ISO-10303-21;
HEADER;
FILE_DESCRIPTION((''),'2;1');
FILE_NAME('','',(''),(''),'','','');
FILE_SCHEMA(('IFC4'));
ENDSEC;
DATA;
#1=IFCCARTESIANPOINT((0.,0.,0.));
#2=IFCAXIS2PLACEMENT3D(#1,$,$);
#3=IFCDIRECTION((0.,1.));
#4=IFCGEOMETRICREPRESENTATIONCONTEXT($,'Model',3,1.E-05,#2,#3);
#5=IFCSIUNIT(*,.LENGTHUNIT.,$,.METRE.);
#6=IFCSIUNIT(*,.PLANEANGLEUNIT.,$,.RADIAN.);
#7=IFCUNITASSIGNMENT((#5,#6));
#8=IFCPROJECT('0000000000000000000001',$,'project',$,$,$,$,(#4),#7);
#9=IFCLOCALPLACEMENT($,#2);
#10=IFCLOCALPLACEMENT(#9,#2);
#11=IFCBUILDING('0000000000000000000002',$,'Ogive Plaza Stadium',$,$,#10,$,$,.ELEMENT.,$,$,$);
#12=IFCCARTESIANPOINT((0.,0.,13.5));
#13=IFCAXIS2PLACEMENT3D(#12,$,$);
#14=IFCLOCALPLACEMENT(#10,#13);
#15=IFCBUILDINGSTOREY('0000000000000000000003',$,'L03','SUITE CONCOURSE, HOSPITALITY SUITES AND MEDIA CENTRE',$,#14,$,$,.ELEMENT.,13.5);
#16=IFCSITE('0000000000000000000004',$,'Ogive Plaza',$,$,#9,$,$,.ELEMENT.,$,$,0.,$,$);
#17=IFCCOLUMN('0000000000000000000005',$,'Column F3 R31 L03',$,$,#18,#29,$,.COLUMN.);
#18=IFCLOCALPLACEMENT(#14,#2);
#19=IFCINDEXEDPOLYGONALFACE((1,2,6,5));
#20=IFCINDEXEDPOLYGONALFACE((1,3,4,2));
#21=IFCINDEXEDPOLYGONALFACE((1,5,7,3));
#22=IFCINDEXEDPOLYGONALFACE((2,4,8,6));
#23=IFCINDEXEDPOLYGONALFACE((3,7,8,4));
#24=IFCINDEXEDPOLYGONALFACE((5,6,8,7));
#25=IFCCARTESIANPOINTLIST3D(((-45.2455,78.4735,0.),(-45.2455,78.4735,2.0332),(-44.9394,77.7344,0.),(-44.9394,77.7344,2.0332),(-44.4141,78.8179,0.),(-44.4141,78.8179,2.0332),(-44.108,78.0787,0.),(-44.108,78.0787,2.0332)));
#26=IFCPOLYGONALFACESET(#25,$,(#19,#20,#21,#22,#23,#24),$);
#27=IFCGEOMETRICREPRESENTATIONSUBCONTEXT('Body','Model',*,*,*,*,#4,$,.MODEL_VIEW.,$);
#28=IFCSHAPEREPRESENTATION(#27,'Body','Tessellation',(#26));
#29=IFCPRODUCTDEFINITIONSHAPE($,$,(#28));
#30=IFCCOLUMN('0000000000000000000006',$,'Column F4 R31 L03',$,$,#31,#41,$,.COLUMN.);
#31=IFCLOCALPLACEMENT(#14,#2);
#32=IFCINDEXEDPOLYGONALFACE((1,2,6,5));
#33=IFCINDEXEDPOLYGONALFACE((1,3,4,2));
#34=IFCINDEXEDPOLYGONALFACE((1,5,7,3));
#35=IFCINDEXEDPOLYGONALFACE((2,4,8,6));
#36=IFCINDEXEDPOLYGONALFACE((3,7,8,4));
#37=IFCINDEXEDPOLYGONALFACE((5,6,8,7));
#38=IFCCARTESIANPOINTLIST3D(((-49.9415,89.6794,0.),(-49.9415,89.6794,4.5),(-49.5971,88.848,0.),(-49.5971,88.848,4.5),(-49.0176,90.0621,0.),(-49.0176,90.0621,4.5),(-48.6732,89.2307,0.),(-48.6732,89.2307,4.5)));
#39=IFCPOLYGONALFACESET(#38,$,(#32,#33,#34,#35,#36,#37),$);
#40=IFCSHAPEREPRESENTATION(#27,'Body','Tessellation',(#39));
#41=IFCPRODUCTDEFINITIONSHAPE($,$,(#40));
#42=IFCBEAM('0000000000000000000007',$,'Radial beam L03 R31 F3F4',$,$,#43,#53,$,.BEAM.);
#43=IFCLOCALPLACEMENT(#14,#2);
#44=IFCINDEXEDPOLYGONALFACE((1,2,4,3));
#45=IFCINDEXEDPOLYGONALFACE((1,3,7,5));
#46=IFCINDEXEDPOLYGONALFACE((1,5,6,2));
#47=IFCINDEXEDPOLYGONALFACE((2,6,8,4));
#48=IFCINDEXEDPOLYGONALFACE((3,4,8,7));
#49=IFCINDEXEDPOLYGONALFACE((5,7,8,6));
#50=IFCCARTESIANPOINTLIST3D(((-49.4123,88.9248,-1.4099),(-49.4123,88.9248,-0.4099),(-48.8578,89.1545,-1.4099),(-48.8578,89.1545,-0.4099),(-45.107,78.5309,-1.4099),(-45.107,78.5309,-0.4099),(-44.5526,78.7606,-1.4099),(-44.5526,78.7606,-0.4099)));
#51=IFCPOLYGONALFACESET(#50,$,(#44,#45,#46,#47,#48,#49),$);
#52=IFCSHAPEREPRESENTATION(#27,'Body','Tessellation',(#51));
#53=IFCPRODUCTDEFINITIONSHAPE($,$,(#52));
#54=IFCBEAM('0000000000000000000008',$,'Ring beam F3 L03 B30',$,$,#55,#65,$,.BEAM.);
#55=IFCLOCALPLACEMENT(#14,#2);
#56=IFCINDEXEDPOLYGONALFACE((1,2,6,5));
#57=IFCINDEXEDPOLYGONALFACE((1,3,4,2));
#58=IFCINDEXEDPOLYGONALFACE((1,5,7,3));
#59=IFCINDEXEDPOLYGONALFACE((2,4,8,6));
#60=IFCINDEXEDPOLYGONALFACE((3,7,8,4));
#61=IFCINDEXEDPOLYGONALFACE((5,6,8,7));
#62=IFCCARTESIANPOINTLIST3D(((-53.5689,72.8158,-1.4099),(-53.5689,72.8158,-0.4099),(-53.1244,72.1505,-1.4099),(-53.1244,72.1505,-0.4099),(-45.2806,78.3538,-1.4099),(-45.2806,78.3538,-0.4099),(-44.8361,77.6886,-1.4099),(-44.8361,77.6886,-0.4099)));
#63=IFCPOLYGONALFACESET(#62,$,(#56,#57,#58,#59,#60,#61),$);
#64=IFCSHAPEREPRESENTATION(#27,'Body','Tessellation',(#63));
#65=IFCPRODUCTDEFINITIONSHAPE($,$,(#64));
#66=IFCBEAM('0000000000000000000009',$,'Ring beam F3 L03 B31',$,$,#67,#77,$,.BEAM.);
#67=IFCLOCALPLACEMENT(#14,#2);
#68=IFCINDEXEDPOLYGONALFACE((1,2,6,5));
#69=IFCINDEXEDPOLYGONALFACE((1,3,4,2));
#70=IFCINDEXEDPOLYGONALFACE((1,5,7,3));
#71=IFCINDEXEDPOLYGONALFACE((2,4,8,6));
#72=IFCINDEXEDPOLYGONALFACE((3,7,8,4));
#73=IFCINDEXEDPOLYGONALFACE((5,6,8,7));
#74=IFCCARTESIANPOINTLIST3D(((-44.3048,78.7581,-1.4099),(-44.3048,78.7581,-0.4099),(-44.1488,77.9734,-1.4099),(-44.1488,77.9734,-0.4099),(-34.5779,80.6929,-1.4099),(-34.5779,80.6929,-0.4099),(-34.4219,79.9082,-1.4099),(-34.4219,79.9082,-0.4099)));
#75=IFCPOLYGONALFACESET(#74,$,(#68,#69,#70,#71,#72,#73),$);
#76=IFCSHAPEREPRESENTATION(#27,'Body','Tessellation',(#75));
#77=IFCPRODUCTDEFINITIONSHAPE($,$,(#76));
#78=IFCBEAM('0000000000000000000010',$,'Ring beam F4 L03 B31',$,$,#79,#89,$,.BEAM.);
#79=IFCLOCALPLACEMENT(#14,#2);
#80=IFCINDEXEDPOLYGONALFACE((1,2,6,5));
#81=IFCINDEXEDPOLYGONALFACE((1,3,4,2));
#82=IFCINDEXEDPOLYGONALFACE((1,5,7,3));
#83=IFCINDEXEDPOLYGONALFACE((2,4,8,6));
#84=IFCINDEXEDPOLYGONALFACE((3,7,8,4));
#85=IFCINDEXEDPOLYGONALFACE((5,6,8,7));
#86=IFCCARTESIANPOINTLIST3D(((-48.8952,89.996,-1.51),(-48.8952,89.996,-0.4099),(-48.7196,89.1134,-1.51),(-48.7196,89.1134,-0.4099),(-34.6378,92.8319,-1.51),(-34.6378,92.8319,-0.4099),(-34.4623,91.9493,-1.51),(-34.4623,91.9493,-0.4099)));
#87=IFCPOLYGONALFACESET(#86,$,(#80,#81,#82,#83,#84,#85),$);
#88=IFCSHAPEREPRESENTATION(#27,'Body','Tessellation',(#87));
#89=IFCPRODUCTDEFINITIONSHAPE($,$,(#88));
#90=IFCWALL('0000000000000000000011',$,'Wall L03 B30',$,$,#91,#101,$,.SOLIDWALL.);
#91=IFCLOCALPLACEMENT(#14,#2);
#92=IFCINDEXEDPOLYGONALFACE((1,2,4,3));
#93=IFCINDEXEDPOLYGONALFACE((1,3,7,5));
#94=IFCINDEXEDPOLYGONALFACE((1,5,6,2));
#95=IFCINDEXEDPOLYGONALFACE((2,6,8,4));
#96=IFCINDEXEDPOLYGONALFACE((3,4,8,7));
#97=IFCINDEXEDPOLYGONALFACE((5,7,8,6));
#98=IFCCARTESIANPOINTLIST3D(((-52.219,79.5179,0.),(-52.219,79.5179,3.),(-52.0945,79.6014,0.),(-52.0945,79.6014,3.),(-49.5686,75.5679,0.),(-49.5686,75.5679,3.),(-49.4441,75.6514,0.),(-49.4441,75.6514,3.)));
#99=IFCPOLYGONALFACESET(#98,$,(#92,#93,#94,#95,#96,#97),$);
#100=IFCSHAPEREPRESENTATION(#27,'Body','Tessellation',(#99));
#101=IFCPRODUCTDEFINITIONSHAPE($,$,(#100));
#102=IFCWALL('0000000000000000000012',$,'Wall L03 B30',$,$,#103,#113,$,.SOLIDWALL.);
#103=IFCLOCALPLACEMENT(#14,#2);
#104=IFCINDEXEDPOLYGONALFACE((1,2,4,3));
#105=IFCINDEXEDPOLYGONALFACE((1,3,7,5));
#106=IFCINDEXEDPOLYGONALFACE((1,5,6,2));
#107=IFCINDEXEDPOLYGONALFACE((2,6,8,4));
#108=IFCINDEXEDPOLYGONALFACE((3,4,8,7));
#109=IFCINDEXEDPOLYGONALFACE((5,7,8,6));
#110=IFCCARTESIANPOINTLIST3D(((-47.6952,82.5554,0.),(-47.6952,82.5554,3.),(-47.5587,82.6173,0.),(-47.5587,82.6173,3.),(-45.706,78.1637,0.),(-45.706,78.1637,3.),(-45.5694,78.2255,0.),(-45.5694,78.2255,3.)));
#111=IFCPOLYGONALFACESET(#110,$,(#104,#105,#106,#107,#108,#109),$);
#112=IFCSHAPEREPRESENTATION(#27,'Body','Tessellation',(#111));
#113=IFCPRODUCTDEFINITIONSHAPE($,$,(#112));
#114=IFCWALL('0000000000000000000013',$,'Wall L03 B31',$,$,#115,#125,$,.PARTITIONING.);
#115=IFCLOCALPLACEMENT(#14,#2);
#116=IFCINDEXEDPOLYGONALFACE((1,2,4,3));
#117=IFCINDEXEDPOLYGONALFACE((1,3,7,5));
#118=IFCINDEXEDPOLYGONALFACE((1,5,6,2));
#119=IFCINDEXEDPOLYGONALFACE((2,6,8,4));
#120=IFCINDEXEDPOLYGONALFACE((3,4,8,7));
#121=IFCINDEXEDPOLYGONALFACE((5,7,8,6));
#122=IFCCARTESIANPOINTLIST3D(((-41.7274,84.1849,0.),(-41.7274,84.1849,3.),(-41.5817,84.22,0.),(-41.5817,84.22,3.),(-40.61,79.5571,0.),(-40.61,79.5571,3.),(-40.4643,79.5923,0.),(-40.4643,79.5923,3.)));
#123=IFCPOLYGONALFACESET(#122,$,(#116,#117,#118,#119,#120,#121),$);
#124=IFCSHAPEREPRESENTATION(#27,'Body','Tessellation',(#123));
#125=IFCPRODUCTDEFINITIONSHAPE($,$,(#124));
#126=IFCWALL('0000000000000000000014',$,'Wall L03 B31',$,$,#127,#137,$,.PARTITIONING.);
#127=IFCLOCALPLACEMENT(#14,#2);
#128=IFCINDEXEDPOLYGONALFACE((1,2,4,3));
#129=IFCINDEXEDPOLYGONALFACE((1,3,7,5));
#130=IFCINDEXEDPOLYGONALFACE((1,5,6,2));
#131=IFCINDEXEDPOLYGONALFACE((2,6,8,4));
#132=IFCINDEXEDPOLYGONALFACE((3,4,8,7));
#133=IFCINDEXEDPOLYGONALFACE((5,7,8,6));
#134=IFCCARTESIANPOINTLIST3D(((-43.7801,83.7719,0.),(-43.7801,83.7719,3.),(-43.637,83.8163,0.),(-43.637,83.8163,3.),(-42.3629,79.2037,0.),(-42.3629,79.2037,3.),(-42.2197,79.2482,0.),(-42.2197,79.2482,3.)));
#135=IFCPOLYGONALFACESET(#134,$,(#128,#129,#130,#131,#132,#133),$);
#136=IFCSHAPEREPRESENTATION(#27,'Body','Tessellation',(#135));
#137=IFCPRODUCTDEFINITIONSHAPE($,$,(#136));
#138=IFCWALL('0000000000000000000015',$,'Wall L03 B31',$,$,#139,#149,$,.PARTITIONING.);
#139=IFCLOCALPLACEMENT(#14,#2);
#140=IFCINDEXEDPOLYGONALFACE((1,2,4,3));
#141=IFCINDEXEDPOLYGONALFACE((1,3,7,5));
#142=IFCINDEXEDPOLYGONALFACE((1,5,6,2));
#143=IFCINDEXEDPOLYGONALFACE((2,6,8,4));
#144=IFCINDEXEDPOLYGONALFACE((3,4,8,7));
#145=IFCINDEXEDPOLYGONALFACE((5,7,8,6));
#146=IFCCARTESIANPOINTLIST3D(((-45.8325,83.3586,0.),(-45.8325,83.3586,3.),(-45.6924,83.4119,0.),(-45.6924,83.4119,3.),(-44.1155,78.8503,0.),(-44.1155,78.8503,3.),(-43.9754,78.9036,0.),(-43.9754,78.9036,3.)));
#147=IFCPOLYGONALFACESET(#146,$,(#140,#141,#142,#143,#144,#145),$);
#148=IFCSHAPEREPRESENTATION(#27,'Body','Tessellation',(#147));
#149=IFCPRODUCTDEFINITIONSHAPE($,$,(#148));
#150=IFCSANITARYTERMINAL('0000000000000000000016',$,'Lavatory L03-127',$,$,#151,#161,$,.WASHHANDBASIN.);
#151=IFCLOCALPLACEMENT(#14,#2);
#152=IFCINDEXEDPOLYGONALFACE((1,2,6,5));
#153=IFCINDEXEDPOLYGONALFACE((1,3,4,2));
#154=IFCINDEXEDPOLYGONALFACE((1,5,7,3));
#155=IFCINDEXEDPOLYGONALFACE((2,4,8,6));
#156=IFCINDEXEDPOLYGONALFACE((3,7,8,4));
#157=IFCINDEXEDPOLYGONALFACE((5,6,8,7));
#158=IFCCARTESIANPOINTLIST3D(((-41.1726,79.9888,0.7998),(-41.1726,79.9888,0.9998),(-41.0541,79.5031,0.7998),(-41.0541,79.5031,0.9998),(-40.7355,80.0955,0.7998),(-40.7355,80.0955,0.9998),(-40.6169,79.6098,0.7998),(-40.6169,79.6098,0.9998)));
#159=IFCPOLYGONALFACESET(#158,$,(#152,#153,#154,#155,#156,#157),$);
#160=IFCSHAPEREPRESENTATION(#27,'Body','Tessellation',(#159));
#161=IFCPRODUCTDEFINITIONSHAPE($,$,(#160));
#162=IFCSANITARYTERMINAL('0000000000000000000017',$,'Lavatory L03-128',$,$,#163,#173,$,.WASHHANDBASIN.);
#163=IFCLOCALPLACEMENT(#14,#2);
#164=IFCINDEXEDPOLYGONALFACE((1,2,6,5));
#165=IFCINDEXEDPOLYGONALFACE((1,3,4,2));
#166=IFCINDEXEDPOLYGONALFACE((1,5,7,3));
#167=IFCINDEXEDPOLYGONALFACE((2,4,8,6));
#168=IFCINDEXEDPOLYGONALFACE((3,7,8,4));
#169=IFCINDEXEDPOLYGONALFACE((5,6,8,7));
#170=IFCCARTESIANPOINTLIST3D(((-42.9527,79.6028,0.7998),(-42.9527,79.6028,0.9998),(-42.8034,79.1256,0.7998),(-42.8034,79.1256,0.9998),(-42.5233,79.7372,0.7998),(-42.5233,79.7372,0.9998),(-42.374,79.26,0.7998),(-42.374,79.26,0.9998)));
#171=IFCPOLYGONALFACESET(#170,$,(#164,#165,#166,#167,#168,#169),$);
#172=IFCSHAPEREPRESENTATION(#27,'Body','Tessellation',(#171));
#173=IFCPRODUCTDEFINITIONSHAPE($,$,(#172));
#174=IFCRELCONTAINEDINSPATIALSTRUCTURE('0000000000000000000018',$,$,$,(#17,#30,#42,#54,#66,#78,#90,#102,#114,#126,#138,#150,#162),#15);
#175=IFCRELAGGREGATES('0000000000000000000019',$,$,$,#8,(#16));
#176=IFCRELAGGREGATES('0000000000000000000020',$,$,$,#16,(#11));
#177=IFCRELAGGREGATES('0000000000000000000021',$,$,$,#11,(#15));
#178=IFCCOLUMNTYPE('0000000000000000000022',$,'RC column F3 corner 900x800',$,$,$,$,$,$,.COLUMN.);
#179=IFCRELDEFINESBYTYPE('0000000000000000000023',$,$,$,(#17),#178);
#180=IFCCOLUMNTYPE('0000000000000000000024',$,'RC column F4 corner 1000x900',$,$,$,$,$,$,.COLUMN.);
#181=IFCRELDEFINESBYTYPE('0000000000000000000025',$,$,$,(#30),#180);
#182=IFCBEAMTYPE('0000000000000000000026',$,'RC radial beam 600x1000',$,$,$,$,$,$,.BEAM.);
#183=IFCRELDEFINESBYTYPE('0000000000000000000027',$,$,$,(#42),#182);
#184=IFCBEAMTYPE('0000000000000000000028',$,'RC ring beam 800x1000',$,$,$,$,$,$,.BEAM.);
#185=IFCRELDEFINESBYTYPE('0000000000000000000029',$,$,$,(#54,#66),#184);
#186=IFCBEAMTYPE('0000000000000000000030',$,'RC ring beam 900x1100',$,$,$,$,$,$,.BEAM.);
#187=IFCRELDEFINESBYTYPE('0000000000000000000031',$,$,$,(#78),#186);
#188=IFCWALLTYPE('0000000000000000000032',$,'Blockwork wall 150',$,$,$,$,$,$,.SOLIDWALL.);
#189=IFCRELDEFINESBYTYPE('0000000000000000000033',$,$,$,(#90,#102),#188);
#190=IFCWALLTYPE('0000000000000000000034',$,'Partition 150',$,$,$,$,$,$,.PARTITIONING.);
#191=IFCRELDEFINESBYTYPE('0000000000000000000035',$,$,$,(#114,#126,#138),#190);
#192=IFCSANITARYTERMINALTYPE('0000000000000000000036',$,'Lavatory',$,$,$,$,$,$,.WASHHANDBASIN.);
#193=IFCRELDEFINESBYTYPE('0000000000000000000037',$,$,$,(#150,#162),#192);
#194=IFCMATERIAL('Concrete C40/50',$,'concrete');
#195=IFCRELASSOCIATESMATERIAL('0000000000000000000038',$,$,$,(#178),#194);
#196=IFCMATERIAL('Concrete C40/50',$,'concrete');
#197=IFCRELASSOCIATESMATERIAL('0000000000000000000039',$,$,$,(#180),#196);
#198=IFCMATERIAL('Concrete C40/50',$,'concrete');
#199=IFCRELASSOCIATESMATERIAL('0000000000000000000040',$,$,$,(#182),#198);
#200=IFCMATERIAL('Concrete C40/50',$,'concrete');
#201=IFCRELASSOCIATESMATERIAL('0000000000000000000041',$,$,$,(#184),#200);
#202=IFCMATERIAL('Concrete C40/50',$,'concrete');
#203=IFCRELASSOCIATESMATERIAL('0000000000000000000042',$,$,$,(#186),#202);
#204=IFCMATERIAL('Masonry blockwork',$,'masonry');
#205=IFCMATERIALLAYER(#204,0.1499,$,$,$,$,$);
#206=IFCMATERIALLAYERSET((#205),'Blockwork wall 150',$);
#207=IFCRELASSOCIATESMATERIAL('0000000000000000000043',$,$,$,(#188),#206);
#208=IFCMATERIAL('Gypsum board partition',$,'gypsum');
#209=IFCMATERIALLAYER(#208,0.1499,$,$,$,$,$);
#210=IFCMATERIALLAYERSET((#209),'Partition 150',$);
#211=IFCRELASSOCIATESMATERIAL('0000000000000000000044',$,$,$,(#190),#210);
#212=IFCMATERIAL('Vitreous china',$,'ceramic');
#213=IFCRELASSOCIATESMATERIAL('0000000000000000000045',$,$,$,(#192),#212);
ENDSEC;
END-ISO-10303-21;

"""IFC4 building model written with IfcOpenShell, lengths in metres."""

from ifc_helpers import new_model, si_unit, direction, frame, frame_2d, origin, origin_2d, place, context, subcontext, project, spatial, rectangle, extrude, material, layer, layer_set, material_profile, profile_set, type_object, element, save


model = new_model("IFC4")

# Units and contexts
model_context = context("Model", 3, precision=1e-05, world=origin(), true_north=direction((0.0, 1.0)))
body_context = subcontext(model_context, "Body", "Model", "MODEL_VIEW")
ifc_project = project(units=[si_unit("LENGTHUNIT", "METRE"), si_unit("PLANEANGLEUNIT", "RADIAN")], contexts=[model_context])

# Site, building, storey
site_placement = place(None, origin())
site = spatial("IfcSite", under=ifc_project, at=site_placement, Name="Ogive Plaza", CompositionType="ELEMENT", RefElevation=0.0)
building_placement = place(site_placement, origin())
building = spatial("IfcBuilding", under=site, at=building_placement, Name="Ogive Plaza Stadium", CompositionType="ELEMENT")
storey_placement = place(building_placement, frame((0.0, 0.0, 13.5)))
storey = spatial("IfcBuildingStorey", under=building, at=storey_placement, Name="L03", Description="SUITE CONCOURSE, HOSPITALITY SUITES AND MEDIA CENTRE", CompositionType="ELEMENT", Elevation=13.5)

# Columns
ifc_material_1 = material(Name="Concrete C40/50", Category="concrete")
ifc_material_profile_1 = material_profile(ifc_material_1, rectangle(XDim=0.8999, YDim=0.8, at=origin_2d()), Name="RC 900x800")
ifc_profile_set_1 = profile_set([ifc_material_profile_1], Name="Concrete C40/50")
column_type_1 = type_object("IfcColumnType", Name="RC column F3 corner 900x800", PredefinedType="COLUMN", material=ifc_profile_set_1)
column_1_placement = place(storey_placement, frame((-44.6768, 78.2761, 0.0), z_axis=(0.0, 0.0, 1.0), x_axis=(-0.92388, -0.382683, 0.0)))
element("IfcColumn", 1, at=column_1_placement, inside=storey, type_object=column_type_1, Name="Column F3 R31 L03", PredefinedType="COLUMN", context=body_context, shape_type="SweptSolid", body=[
    extrude(rectangle(XDim=0.8999, YDim=0.8, at=origin_2d()), origin(), (0.0, 0.0, 1.0), 2.0332),
])
ifc_material_2 = material(Name="Concrete C40/50", Category="concrete")
ifc_material_profile_2 = material_profile(ifc_material_2, rectangle(XDim=1.0, YDim=0.8999, at=origin_2d()), Name="RC 1000x900")
ifc_profile_set_2 = profile_set([ifc_material_profile_2], Name="Concrete C40/50")
column_type_2 = type_object("IfcColumnType", Name="RC column F4 corner 1000x900", PredefinedType="COLUMN", material=ifc_profile_set_2)
column_2_placement = place(storey_placement, frame((-49.3074, 89.4551, 0.0), z_axis=(0.0, 0.0, 1.0), x_axis=(-0.92388, -0.382683, 0.0)))
element("IfcColumn", 2, at=column_2_placement, inside=storey, type_object=column_type_2, Name="Column F4 R31 L03", PredefinedType="COLUMN", context=body_context, shape_type="SweptSolid", body=[
    extrude(rectangle(XDim=1.0, YDim=0.8999, at=origin_2d()), origin(), (0.0, 0.0, 1.0), 4.5),
])

# Beams
ifc_material_3 = material(Name="Concrete C40/50", Category="concrete")
ifc_material_profile_3 = material_profile(ifc_material_3, rectangle(XDim=0.6001, YDim=1.0, at=origin_2d()), Name="RC 600x1000")
ifc_profile_set_3 = profile_set([ifc_material_profile_3], Name="Concrete C40/50")
beam_type_1 = type_object("IfcBeamType", Name="RC radial beam 600x1000", PredefinedType="BEAM", material=ifc_profile_set_3)
beam_1_placement = place(storey_placement, frame((-44.8298, 78.6458, -0.9099), z_axis=(-0.382678, 0.923882, 0.0), x_axis=(-0.923882, -0.382678, 0.0)))
element("IfcBeam", 3, at=beam_1_placement, inside=storey, type_object=beam_type_1, Name="Radial beam L03 R31 F3F4", PredefinedType="BEAM", context=body_context, shape_type="SweptSolid", body=[
    extrude(rectangle(XDim=0.6001, YDim=1.0, at=origin_2d()), origin(), (0.0, 0.0, 1.0), 11.2502),
])
ifc_material_4 = material(Name="Concrete C40/50", Category="concrete")
ifc_material_profile_4 = material_profile(ifc_material_4, rectangle(XDim=0.8, YDim=1.0, at=origin_2d()), Name="RC 800x1000")
ifc_profile_set_4 = profile_set([ifc_material_profile_4], Name="Concrete C40/50")
beam_type_2 = type_object("IfcBeamType", Name="RC ring beam 800x1000", PredefinedType="BEAM", material=ifc_profile_set_4)
beam_2_placement = place(storey_placement, frame((-53.3467, 72.4832, -0.9099), z_axis=(0.83147, 0.55557, 0.0), x_axis=(-0.55557, 0.83147, 0.0)))
element("IfcBeam", 4, at=beam_2_placement, inside=storey, type_object=beam_type_2, Name="Ring beam F3 L03 B30", PredefinedType="BEAM", context=body_context, shape_type="SweptSolid", body=[
    extrude(rectangle(XDim=0.8, YDim=1.0, at=origin_2d()), origin(), (0.0, 0.0, 1.0), 9.9683),
])
beam_3_placement = place(storey_placement, frame((-44.2268, 78.3657, -0.9099), z_axis=(0.980785, 0.195093, 0.0), x_axis=(-0.195093, 0.980785, 0.0)))
element("IfcBeam", 5, at=beam_3_placement, inside=storey, type_object=beam_type_2, Name="Ring beam F3 L03 B31", PredefinedType="BEAM", context=body_context, shape_type="SweptSolid", body=[
    extrude(rectangle(XDim=0.8, YDim=1.0, at=origin_2d()), origin(), (0.0, 0.0, 1.0), 9.9175),
])
ifc_material_5 = material(Name="Concrete C40/50", Category="concrete")
ifc_material_profile_5 = material_profile(ifc_material_5, rectangle(XDim=0.8999, YDim=1.1001, at=origin_2d()), Name="RC 900x1100")
ifc_profile_set_5 = profile_set([ifc_material_profile_5], Name="Concrete C40/50")
beam_type_3 = type_object("IfcBeamType", Name="RC ring beam 900x1100", PredefinedType="BEAM", material=ifc_profile_set_5)
beam_4_placement = place(storey_placement, frame((-48.8074, 89.5547, -0.96), z_axis=(0.980786, 0.195089, 0.0), x_axis=(-0.195089, 0.980786, 0.0)))
element("IfcBeam", 6, at=beam_4_placement, inside=storey, type_object=beam_type_3, Name="Ring beam F4 L03 B31", PredefinedType="BEAM", context=body_context, shape_type="SweptSolid", body=[
    extrude(rectangle(XDim=0.8999, YDim=1.1001, at=origin_2d()), origin(), (0.0, 0.0, 1.0), 14.5366),
])

# Walls
ifc_material_6 = material(Name="Masonry blockwork", Category="masonry")
ifc_layer_1 = layer(ifc_material_6, 0.1499)
ifc_layer_set_1 = layer_set([ifc_layer_1], Name="Blockwork wall 150")
wall_type_1 = type_object("IfcWallType", Name="Blockwork wall 150", PredefinedType="SOLIDWALL", material=ifc_layer_set_1)
wall_1_placement = place(storey_placement, frame((-49.5063, 75.6096, 0.0), z_axis=(0.0, 0.0, 1.0), x_axis=(-0.557185, 0.830388, 0.0)))
element("IfcWall", 7, at=wall_1_placement, inside=storey, type_object=wall_type_1, Name="Wall L03 B30", PredefinedType="SOLIDWALL", context=body_context, shape_type="SweptSolid", body=[
    extrude(rectangle(XDim=4.7568, YDim=0.1499, at=frame_2d((2.3784, 0.0))), origin(), (0.0, 0.0, 1.0), 3.0),
])
wall_2_placement = place(storey_placement, frame((-45.6377, 78.1946, 0.0), z_axis=(0.0, 0.0, 1.0), x_axis=(-0.412593, 0.910915, 0.0)))
element("IfcWall", 8, at=wall_2_placement, inside=storey, type_object=wall_type_1, Name="Wall L03 B30", PredefinedType="SOLIDWALL", context=body_context, shape_type="SweptSolid", body=[
    extrude(rectangle(XDim=4.8213, YDim=0.1499, at=frame_2d((2.4106, 0.0))), origin(), (0.0, 0.0, 1.0), 3.0),
])
ifc_material_7 = material(Name="Gypsum board partition", Category="gypsum")
ifc_layer_2 = layer(ifc_material_7, 0.1499)
ifc_layer_set_2 = layer_set([ifc_layer_2], Name="Partition 150")
wall_type_2 = type_object("IfcWallType", Name="Partition 150", PredefinedType="PARTITIONING", material=ifc_layer_set_2)
wall_3_placement = place(storey_placement, frame((-40.5371, 79.5747, 0.0), z_axis=(0.0, 0.0, 1.0), x_axis=(-0.234721, 0.972063, 0.0)))
element("IfcWall", 9, at=wall_3_placement, inside=storey, type_object=wall_type_2, Name="Wall L03 B31", PredefinedType="PARTITIONING", context=body_context, shape_type="SweptSolid", body=[
    extrude(rectangle(XDim=4.7607, YDim=0.1499, at=frame_2d((2.3804, 0.0))), origin(), (0.0, 0.0, 1.0), 3.0),
])
wall_4_placement = place(storey_placement, frame((-42.2913, 79.2258, 0.0), z_axis=(0.0, 0.0, 1.0), x_axis=(-0.296313, 0.955091, 0.0)))
element("IfcWall", 10, at=wall_4_placement, inside=storey, type_object=wall_type_2, Name="Wall L03 B31", PredefinedType="PARTITIONING", context=body_context, shape_type="SweptSolid", body=[
    extrude(rectangle(XDim=4.783, YDim=0.1499, at=frame_2d((2.3916, 0.0))), origin(), (0.0, 0.0, 1.0), 3.0),
])
wall_5_placement = place(storey_placement, frame((-44.0454, 78.877, 0.0), z_axis=(0.0, 0.0, 1.0), x_axis=(-0.355922, 0.934516, 0.0)))
element("IfcWall", 11, at=wall_5_placement, inside=storey, type_object=wall_type_2, Name="Wall L03 B31", PredefinedType="PARTITIONING", context=body_context, shape_type="SweptSolid", body=[
    extrude(rectangle(XDim=4.8242, YDim=0.1499, at=frame_2d((2.4121, 0.0))), origin(), (0.0, 0.0, 1.0), 3.0),
])

# Sanitary terminals
ifc_material_8 = material(Name="Vitreous china", Category="ceramic")
sanitary_terminal_type_1 = type_object("IfcSanitaryTerminalType", Name="Lavatory", PredefinedType="WASHHANDBASIN", material=ifc_material_8)
for number, where, z_axis, x_axis, name in (
    (12, (-40.8948, 79.7993, 0.7998), (0.0, 0.0, 1.0), (-0.237115, 0.971482, 0.0), "Lavatory L03-127"),
    (13, (-42.6633, 79.4314, 0.7998), (0.0, 0.0, 1.0), (-0.298649, 0.954363, 0.0), "Lavatory L03-128"),
):
    element("IfcSanitaryTerminal", number, at=place(storey_placement, frame(where, z_axis=z_axis, x_axis=x_axis)), inside=storey, type_object=sanitary_terminal_type_1, Name=name, PredefinedType="WASHHANDBASIN", context=body_context, shape_type="SweptSolid", body=[
        extrude(rectangle(XDim=0.5, YDim=0.45, at=origin_2d()), origin(), (0.0, 0.0, 1.0), 0.2),
    ])

save(model, "model.ifc")
